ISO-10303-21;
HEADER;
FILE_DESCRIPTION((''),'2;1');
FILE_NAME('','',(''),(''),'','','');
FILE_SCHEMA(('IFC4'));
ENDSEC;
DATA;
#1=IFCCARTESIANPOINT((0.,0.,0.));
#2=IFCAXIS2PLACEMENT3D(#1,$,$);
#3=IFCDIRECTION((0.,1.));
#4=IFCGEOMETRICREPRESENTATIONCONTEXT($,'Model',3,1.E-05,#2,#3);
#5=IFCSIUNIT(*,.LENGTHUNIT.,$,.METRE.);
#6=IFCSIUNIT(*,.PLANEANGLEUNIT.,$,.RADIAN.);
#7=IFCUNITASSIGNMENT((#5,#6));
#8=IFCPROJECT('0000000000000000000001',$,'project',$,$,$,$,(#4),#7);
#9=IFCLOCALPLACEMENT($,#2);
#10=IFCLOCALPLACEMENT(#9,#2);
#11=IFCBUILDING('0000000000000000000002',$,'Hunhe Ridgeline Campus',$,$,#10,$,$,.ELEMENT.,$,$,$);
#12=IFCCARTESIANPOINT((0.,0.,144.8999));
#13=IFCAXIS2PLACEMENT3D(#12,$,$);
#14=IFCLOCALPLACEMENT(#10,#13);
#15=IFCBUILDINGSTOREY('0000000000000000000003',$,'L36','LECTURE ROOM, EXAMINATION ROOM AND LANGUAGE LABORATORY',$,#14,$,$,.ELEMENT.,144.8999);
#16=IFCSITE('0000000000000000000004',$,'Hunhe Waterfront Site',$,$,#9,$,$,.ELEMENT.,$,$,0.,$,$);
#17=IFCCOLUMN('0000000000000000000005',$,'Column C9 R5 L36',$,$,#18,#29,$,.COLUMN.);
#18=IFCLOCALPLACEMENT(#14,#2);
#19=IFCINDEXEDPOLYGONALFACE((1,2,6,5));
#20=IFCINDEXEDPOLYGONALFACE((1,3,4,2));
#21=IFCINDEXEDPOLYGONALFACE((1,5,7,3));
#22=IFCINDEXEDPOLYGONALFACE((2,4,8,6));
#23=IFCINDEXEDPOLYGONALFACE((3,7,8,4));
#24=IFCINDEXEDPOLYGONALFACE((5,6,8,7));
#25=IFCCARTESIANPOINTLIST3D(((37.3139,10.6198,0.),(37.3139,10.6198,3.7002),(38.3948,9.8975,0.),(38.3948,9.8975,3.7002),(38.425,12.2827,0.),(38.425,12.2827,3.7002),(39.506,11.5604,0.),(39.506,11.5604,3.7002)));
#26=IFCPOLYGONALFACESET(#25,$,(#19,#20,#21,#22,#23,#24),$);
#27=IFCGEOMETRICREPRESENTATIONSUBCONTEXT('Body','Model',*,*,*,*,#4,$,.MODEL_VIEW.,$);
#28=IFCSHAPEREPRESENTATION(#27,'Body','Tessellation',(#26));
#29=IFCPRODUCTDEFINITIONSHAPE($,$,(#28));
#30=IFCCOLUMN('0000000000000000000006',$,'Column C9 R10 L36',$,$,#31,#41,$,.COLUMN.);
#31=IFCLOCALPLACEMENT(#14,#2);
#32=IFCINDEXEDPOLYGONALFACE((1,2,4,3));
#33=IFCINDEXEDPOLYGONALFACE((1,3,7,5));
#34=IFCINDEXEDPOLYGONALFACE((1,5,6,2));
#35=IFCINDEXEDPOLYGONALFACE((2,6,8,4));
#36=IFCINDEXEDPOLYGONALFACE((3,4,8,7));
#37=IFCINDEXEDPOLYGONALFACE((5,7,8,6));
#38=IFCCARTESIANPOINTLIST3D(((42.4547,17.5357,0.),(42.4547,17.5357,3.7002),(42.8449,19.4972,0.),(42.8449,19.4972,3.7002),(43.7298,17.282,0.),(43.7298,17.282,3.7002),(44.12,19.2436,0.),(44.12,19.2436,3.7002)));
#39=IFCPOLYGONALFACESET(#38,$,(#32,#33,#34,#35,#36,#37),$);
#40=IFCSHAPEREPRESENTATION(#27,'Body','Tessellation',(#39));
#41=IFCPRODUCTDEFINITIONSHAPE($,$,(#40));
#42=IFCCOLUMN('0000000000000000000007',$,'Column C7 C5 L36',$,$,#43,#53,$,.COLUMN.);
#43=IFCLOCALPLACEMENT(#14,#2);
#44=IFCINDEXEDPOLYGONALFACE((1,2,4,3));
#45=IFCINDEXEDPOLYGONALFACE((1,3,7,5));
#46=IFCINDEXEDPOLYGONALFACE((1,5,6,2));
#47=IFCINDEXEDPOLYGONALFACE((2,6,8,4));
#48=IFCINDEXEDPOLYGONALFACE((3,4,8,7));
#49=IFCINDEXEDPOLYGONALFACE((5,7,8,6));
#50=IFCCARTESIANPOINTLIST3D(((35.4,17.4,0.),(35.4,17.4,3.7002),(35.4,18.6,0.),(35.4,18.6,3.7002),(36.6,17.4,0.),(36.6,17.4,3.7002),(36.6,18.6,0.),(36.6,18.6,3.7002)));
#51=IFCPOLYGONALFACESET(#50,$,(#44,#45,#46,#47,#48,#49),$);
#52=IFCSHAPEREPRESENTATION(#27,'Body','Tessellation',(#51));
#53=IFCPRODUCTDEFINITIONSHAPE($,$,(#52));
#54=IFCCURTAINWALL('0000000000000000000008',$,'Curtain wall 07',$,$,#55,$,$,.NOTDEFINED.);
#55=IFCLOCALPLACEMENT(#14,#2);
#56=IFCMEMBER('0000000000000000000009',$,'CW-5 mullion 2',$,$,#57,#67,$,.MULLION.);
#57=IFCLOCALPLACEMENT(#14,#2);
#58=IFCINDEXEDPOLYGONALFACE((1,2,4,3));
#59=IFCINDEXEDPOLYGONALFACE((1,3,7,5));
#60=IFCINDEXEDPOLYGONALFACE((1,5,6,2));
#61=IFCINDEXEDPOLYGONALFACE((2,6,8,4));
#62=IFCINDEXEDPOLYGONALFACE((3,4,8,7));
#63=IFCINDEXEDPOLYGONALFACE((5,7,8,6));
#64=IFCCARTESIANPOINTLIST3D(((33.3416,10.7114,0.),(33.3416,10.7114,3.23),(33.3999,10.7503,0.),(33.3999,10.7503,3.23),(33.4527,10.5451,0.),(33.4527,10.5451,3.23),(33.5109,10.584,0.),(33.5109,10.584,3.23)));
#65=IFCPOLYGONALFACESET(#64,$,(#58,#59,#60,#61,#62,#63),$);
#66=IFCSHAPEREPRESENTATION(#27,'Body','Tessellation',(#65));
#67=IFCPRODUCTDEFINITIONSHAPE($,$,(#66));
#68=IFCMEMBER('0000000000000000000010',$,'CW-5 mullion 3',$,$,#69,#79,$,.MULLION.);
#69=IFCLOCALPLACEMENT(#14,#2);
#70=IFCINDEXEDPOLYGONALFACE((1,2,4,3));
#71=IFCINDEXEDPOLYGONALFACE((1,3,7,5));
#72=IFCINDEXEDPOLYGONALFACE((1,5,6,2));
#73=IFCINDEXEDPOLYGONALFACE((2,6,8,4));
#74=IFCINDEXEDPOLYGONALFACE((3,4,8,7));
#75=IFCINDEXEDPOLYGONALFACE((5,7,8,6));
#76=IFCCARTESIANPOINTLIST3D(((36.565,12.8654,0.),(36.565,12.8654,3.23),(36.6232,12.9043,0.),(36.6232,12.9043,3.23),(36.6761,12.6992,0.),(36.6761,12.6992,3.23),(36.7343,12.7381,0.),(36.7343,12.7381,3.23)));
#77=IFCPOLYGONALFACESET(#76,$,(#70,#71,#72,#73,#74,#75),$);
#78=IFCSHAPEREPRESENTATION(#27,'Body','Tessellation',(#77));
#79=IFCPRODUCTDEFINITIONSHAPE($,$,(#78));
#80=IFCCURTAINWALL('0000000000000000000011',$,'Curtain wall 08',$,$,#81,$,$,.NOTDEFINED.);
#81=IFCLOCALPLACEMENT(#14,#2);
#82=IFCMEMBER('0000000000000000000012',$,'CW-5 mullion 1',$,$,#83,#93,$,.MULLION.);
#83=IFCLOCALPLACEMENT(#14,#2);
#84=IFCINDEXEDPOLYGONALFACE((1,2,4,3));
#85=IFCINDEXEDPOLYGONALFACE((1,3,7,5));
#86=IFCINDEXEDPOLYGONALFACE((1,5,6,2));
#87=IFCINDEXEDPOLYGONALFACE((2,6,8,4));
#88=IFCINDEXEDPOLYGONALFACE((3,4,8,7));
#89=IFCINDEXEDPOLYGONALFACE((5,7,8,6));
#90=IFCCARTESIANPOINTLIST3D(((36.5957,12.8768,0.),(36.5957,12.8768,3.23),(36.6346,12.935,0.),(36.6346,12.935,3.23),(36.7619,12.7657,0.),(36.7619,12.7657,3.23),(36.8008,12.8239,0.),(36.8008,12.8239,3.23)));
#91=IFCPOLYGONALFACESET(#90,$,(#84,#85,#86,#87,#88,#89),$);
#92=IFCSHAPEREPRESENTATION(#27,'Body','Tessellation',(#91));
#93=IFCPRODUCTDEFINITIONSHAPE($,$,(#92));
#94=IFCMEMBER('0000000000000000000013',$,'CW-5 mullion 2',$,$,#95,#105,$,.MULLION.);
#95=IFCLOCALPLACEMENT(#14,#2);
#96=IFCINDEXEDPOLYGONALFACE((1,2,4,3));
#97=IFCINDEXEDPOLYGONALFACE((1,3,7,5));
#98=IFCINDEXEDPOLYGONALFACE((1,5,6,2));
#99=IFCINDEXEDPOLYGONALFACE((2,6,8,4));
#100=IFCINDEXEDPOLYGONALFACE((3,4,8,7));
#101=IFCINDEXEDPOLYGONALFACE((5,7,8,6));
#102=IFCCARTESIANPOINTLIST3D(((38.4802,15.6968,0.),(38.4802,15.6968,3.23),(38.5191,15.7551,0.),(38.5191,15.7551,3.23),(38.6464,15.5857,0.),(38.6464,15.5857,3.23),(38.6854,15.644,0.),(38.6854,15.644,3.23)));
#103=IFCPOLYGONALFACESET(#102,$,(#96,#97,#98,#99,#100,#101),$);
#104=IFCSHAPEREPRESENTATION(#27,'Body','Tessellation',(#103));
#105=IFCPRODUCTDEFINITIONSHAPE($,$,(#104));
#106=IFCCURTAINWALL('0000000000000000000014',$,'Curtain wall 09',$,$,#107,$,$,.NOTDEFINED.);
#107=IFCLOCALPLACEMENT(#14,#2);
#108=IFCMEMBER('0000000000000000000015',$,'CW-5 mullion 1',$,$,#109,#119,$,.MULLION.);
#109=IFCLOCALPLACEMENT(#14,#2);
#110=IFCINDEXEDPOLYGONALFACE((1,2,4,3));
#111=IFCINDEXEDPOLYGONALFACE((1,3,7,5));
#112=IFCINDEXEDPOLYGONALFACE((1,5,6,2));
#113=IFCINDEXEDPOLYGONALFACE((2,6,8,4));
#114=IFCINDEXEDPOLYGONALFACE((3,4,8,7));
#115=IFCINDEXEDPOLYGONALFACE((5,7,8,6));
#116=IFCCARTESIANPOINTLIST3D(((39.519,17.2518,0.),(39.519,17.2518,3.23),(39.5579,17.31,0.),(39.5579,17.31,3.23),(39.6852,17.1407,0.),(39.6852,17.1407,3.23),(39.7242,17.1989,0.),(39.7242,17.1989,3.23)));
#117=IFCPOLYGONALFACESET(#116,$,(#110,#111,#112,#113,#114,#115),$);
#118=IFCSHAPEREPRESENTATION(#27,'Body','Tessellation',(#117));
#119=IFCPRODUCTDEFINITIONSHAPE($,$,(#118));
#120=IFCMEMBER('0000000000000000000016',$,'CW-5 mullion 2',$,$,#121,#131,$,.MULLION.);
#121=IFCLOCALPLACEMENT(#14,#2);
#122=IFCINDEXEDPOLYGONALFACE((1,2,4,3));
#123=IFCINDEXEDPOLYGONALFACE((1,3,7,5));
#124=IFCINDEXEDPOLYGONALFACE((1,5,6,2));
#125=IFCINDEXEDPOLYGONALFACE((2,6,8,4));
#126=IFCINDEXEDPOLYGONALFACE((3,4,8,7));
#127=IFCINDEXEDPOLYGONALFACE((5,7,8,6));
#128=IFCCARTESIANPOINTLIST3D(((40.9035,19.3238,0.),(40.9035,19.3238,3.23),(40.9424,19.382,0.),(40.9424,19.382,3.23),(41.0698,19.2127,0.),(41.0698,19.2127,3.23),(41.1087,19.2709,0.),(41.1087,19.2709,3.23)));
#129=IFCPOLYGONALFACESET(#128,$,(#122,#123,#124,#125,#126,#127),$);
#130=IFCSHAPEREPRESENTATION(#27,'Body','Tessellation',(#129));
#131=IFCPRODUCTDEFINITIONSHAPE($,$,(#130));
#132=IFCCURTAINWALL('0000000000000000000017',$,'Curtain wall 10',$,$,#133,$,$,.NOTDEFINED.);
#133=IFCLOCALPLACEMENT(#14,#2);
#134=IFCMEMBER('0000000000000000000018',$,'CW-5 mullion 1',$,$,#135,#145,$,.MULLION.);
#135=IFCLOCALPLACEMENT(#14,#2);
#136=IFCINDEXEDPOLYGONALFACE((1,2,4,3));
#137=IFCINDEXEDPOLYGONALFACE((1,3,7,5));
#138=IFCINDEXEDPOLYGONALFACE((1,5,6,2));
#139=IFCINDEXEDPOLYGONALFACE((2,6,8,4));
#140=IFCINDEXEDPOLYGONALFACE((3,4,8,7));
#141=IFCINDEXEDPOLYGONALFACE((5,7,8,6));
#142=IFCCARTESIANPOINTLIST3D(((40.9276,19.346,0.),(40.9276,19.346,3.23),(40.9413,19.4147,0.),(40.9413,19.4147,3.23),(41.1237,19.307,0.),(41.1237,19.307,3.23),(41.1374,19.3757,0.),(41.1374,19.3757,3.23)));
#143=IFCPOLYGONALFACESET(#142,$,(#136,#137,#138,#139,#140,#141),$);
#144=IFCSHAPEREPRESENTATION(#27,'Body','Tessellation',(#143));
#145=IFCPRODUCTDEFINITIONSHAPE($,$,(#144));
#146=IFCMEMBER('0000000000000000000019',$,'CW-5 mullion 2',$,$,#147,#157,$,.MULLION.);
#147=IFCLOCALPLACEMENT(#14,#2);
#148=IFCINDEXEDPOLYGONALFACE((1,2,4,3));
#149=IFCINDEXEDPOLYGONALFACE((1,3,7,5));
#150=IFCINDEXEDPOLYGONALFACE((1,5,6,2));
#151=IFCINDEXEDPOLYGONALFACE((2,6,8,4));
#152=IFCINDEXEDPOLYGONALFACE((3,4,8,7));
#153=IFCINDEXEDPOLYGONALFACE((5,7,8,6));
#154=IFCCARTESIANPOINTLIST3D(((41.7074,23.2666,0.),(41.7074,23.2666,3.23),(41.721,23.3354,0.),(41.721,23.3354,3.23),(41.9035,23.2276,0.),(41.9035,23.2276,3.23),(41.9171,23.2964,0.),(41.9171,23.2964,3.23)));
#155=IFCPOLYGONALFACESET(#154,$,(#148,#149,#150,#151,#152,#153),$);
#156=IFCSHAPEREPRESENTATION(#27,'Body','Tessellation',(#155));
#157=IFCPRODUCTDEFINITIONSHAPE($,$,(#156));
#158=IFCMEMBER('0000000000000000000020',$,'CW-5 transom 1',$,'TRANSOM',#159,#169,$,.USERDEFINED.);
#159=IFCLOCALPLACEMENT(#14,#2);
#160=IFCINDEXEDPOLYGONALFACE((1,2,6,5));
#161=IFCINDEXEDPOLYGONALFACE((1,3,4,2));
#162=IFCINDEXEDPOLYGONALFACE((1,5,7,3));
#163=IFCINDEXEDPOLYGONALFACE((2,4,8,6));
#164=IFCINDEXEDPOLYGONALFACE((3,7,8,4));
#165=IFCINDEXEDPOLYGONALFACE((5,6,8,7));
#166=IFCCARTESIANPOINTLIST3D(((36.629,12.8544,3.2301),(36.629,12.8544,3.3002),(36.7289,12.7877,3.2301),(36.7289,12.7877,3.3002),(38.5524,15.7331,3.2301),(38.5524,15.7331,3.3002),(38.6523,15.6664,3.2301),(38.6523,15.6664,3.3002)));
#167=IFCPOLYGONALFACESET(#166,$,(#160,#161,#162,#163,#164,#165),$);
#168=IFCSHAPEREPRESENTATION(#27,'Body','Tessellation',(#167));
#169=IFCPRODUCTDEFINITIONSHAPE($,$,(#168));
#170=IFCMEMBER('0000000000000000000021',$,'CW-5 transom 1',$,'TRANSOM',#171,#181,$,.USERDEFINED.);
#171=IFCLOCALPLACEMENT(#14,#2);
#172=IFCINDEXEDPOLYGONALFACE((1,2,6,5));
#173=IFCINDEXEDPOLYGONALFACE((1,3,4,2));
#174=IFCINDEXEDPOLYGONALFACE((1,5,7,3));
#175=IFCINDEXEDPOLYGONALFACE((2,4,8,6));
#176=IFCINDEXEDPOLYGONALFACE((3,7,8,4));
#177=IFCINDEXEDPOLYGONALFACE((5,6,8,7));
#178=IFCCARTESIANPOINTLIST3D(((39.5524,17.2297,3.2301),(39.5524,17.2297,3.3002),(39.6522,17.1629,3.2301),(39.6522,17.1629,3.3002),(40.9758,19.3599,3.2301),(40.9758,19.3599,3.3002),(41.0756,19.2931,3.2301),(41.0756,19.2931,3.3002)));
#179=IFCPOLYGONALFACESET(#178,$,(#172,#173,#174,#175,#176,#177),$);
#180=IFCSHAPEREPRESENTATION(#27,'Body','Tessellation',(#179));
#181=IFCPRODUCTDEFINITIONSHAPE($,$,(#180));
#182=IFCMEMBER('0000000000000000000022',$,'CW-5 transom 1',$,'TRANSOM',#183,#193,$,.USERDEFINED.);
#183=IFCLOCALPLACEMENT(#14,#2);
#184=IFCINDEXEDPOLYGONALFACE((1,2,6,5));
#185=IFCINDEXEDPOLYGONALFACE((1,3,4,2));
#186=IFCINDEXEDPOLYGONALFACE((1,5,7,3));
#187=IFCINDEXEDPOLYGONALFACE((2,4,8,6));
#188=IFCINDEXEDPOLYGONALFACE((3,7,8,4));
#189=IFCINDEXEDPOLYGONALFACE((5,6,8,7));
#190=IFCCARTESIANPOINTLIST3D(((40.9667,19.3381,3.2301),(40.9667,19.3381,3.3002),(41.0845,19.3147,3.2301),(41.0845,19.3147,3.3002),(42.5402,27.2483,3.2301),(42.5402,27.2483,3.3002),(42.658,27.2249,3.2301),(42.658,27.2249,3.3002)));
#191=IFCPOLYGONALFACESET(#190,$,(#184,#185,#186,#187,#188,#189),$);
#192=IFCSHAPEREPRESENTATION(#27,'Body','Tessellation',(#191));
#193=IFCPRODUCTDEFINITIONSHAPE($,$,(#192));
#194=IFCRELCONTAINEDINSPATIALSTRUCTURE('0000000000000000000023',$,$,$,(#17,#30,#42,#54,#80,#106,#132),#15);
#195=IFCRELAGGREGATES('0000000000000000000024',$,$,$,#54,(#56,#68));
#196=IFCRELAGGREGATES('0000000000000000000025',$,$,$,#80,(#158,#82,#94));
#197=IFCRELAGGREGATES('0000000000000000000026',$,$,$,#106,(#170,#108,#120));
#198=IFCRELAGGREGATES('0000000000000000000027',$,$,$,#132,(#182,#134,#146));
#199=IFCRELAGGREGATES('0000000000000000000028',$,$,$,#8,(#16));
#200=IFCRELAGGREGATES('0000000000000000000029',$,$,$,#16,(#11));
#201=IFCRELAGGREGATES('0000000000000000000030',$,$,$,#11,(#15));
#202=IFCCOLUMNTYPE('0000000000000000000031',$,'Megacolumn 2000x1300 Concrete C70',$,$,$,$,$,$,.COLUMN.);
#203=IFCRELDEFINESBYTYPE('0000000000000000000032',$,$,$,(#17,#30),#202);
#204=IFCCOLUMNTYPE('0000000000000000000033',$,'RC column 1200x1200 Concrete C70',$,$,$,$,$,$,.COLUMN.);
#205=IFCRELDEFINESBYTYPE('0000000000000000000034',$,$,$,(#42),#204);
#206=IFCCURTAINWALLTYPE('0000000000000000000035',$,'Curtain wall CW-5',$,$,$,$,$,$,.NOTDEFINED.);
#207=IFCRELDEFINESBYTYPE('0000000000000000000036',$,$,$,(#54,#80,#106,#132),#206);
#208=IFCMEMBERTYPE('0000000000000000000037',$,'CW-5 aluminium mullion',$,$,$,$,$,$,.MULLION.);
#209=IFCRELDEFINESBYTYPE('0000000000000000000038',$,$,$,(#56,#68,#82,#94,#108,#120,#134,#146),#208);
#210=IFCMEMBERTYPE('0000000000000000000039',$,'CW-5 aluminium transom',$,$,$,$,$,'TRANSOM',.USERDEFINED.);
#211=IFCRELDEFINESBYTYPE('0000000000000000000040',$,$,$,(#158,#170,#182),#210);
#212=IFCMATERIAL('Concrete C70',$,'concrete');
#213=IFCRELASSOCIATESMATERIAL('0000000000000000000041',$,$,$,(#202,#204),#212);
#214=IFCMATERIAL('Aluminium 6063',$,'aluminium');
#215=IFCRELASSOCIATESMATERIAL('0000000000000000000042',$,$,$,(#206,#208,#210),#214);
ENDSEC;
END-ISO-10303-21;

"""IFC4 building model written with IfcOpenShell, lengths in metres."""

from ifc_helpers import new_model, si_unit, direction, frame, origin, origin_2d, place, context, subcontext, project, spatial, rectangle, extrude, material, material_profile, profile_set, type_object, element, aggregate, save


model = new_model("IFC4")

# Units and contexts
model_context = context("Model", 3, precision=1e-05, world=origin(), true_north=direction((0.0, 1.0)))
body_context = subcontext(model_context, "Body", "Model", "MODEL_VIEW")
ifc_project = project(units=[si_unit("LENGTHUNIT", "METRE"), si_unit("PLANEANGLEUNIT", "RADIAN")], contexts=[model_context])

# Site, building, storey
site_placement = place(None, origin())
site = spatial("IfcSite", under=ifc_project, at=site_placement, Name="Hunhe Waterfront Site", CompositionType="ELEMENT", RefElevation=0.0)
building_placement = place(site_placement, origin())
building = spatial("IfcBuilding", under=site, at=building_placement, Name="Hunhe Ridgeline Campus", CompositionType="ELEMENT")
storey_placement = place(building_placement, frame((0.0, 0.0, 144.8999)))
storey = spatial("IfcBuildingStorey", under=building, at=storey_placement, Name="L36", Description="LECTURE ROOM, EXAMINATION ROOM AND LANGUAGE LABORATORY", CompositionType="ELEMENT", Elevation=144.8999)

# Columns
ifc_material_1 = material(Name="Concrete C70", Category="concrete")
ifc_material_profile_1 = material_profile(ifc_material_1, rectangle(XDim=2.0, YDim=1.3, at=origin_2d()))
ifc_profile_set_1 = profile_set([ifc_material_profile_1], Name="Concrete C70")
column_type_1 = type_object("IfcColumnType", Name="Megacolumn 2000x1300 Concrete C70", PredefinedType="COLUMN", material=ifc_profile_set_1)
for number, where, z_axis, x_axis, name in (
    (1, (38.4099, 11.0901, 0.0), (0.0, 0.0, 1.0), (0.55557, 0.83147, 0.0), "Column C9 R5 L36"),
    (2, (43.2874, 18.3896, 0.0), (0.0, 0.0, 1.0), (0.19509, 0.980785, 0.0), "Column C9 R10 L36"),
):
    element("IfcColumn", number, at=place(storey_placement, frame(where, z_axis=z_axis, x_axis=x_axis)), inside=storey, type_object=column_type_1, Name=name, PredefinedType="COLUMN", context=body_context, shape_type="SweptSolid", body=[
        extrude(rectangle(XDim=2.0, YDim=1.3, at=origin_2d()), origin(), (0.0, 0.0, 1.0), 3.7002),
    ])
ifc_material_profile_2 = material_profile(ifc_material_1, rectangle(XDim=1.2, YDim=1.2, at=origin_2d()))
ifc_profile_set_2 = profile_set([ifc_material_profile_2], Name="Concrete C70")
column_type_2 = type_object("IfcColumnType", Name="RC column 1200x1200 Concrete C70", PredefinedType="COLUMN", material=ifc_profile_set_2)
column_placement = place(storey_placement, frame((36.0, 18.0, 0.0), z_axis=(0.0, 0.0, 1.0), x_axis=(1.0, 0.0, 0.0)))
element("IfcColumn", 3, at=column_placement, inside=storey, type_object=column_type_2, Name="Column C7 C5 L36", PredefinedType="COLUMN", context=body_context, shape_type="SweptSolid", body=[
    extrude(rectangle(XDim=1.2, YDim=1.2, at=origin_2d()), origin(), (0.0, 0.0, 1.0), 3.7002),
])

# Curtain walls, members
ifc_material_2 = material(Name="Aluminium 6063", Category="aluminium")
curtain_wall_type = type_object("IfcCurtainWallType", Name="Curtain wall CW-5", PredefinedType="NOTDEFINED", material=ifc_material_2)
curtain_wall_1_placement = place(storey_placement, origin())
curtain_wall_1 = element("IfcCurtainWall", 4, at=curtain_wall_1_placement, inside=storey, type_object=curtain_wall_type, Name="Curtain wall 07", PredefinedType="NOTDEFINED")
ifc_material_profile_3 = material_profile(ifc_material_2, rectangle(XDim=0.2, YDim=0.0701, at=origin_2d()))
ifc_profile_set_3 = profile_set([ifc_material_profile_3], Name="Aluminium 6063")
member_type_1 = type_object("IfcMemberType", Name="CW-5 aluminium mullion", PredefinedType="MULLION", material=ifc_profile_set_3)
member_1_placement = place(storey_placement, frame((33.4263, 10.6477, 0.0), z_axis=(0.0, 0.0, 1.0), x_axis=(-0.55557, 0.83147, 0.0)))
member_1 = element("IfcMember", 5, at=member_1_placement, type_object=member_type_1, Name="CW-5 mullion 2", PredefinedType="MULLION", context=body_context, shape_type="SweptSolid", body=[
    extrude(rectangle(XDim=0.2, YDim=0.0701, at=origin_2d()), origin(), (0.0, 0.0, 1.0), 3.23),
])
member_2_placement = place(storey_placement, frame((36.6497, 12.8018, 0.0), z_axis=(0.0, 0.0, 1.0), x_axis=(-0.55557, 0.83147, 0.0)))
member_2 = element("IfcMember", 6, at=member_2_placement, type_object=member_type_1, Name="CW-5 mullion 3", PredefinedType="MULLION", context=body_context, shape_type="SweptSolid", body=[
    extrude(rectangle(XDim=0.2, YDim=0.0701, at=origin_2d()), origin(), (0.0, 0.0, 1.0), 3.23),
])
curtain_wall_2_placement = place(storey_placement, origin())
curtain_wall_2 = element("IfcCurtainWall", 7, at=curtain_wall_2_placement, inside=storey, type_object=curtain_wall_type, Name="Curtain wall 08", PredefinedType="NOTDEFINED")
member_3_placement = place(storey_placement, frame((36.6982, 12.8503, 0.0), z_axis=(0.0, 0.0, 1.0), x_axis=(-0.83147, 0.55557, 0.0)))
member_3 = element("IfcMember", 8, at=member_3_placement, type_object=member_type_1, Name="CW-5 mullion 1", PredefinedType="MULLION", context=body_context, shape_type="SweptSolid", body=[
    extrude(rectangle(XDim=0.2, YDim=0.0701, at=origin_2d()), origin(), (0.0, 0.0, 1.0), 3.23),
])
member_4_placement = place(storey_placement, frame((38.5828, 15.6704, 0.0), z_axis=(0.0, 0.0, 1.0), x_axis=(-0.83147, 0.55557, 0.0)))
member_4 = element("IfcMember", 9, at=member_4_placement, type_object=member_type_1, Name="CW-5 mullion 2", PredefinedType="MULLION", context=body_context, shape_type="SweptSolid", body=[
    extrude(rectangle(XDim=0.2, YDim=0.0701, at=origin_2d()), origin(), (0.0, 0.0, 1.0), 3.23),
])
curtain_wall_3_placement = place(storey_placement, origin())
curtain_wall_3 = element("IfcCurtainWall", 10, at=curtain_wall_3_placement, inside=storey, type_object=curtain_wall_type, Name="Curtain wall 09", PredefinedType="NOTDEFINED")
member_5_placement = place(storey_placement, frame((39.6216, 17.2253, 0.0), z_axis=(0.0, 0.0, 1.0), x_axis=(-0.83147, 0.55557, 0.0)))
member_5 = element("IfcMember", 11, at=member_5_placement, type_object=member_type_1, Name="CW-5 mullion 1", PredefinedType="MULLION", context=body_context, shape_type="SweptSolid", body=[
    extrude(rectangle(XDim=0.2, YDim=0.0701, at=origin_2d()), origin(), (0.0, 0.0, 1.0), 3.23),
])
member_6_placement = place(storey_placement, frame((41.0061, 19.2974, 0.0), z_axis=(0.0, 0.0, 1.0), x_axis=(-0.83147, 0.55557, 0.0)))
member_6 = element("IfcMember", 12, at=member_6_placement, type_object=member_type_1, Name="CW-5 mullion 2", PredefinedType="MULLION", context=body_context, shape_type="SweptSolid", body=[
    extrude(rectangle(XDim=0.2, YDim=0.0701, at=origin_2d()), origin(), (0.0, 0.0, 1.0), 3.23),
])
curtain_wall_4_placement = place(storey_placement, origin())
curtain_wall_4 = element("IfcCurtainWall", 13, at=curtain_wall_4_placement, inside=storey, type_object=curtain_wall_type, Name="Curtain wall 10", PredefinedType="NOTDEFINED")
member_7_placement = place(storey_placement, frame((41.0325, 19.3608, 0.0), z_axis=(0.0, 0.0, 1.0), x_axis=(-0.980785, 0.19509, 0.0)))
member_7 = element("IfcMember", 14, at=member_7_placement, type_object=member_type_1, Name="CW-5 mullion 1", PredefinedType="MULLION", context=body_context, shape_type="SweptSolid", body=[
    extrude(rectangle(XDim=0.2, YDim=0.0701, at=origin_2d()), origin(), (0.0, 0.0, 1.0), 3.23),
])
member_8_placement = place(storey_placement, frame((41.8123, 23.2815, 0.0), z_axis=(0.0, 0.0, 1.0), x_axis=(-0.980785, 0.19509, 0.0)))
member_8 = element("IfcMember", 15, at=member_8_placement, type_object=member_type_1, Name="CW-5 mullion 2", PredefinedType="MULLION", context=body_context, shape_type="SweptSolid", body=[
    extrude(rectangle(XDim=0.2, YDim=0.0701, at=origin_2d()), origin(), (0.0, 0.0, 1.0), 3.23),
])

# Members
ifc_material_profile_4 = material_profile(ifc_material_2, rectangle(XDim=0.1201, YDim=0.0701, at=origin_2d()))
ifc_profile_set_4 = profile_set([ifc_material_profile_4], Name="Aluminium 6063")
member_type_2 = type_object("IfcMemberType", Name="CW-5 aluminium transom", ElementType="TRANSOM", PredefinedType="USERDEFINED", material=ifc_profile_set_4)
member_9_placement = place(storey_placement, frame((36.679, 12.821, 3.2651), z_axis=(0.555546, 0.831486, 0.0), x_axis=(-0.831486, 0.555546, 0.0)))
member_9 = element("IfcMember", 16, at=member_9_placement, type_object=member_type_2, Name="CW-5 transom 1", ObjectType="TRANSOM", PredefinedType="USERDEFINED", context=body_context, shape_type="SweptSolid", body=[
    extrude(rectangle(XDim=0.1201, YDim=0.0701, at=origin_2d()), origin(), (0.0, 0.0, 1.0), 3.4622),
])
member_10_placement = place(storey_placement, frame((39.6023, 17.1963, 3.2651), z_axis=(0.55558, 0.831463, 0.0), x_axis=(-0.831463, 0.55558, 0.0)))
member_10 = element("IfcMember", 17, at=member_10_placement, type_object=member_type_2, Name="CW-5 transom 1", ObjectType="TRANSOM", PredefinedType="USERDEFINED", context=body_context, shape_type="SweptSolid", body=[
    extrude(rectangle(XDim=0.1201, YDim=0.0701, at=origin_2d()), origin(), (0.0, 0.0, 1.0), 2.562),
])
member_11_placement = place(storey_placement, frame((41.0256, 19.3264, 3.2651), z_axis=(0.195097, 0.980784, 0.0), x_axis=(-0.980784, 0.195097, 0.0)))
member_11 = element("IfcMember", 18, at=member_11_placement, type_object=member_type_2, Name="CW-5 transom 1", ObjectType="TRANSOM", PredefinedType="USERDEFINED", context=body_context, shape_type="SweptSolid", body=[
    extrude(rectangle(XDim=0.1201, YDim=0.0701, at=origin_2d()), origin(), (0.0, 0.0, 1.0), 8.0652),
])

aggregate(curtain_wall_1, [member_1, member_2])
aggregate(curtain_wall_2, [member_9, member_3, member_4])
aggregate(curtain_wall_3, [member_10, member_5, member_6])
aggregate(curtain_wall_4, [member_11, member_7, member_8])

save(model, "model.ifc")
